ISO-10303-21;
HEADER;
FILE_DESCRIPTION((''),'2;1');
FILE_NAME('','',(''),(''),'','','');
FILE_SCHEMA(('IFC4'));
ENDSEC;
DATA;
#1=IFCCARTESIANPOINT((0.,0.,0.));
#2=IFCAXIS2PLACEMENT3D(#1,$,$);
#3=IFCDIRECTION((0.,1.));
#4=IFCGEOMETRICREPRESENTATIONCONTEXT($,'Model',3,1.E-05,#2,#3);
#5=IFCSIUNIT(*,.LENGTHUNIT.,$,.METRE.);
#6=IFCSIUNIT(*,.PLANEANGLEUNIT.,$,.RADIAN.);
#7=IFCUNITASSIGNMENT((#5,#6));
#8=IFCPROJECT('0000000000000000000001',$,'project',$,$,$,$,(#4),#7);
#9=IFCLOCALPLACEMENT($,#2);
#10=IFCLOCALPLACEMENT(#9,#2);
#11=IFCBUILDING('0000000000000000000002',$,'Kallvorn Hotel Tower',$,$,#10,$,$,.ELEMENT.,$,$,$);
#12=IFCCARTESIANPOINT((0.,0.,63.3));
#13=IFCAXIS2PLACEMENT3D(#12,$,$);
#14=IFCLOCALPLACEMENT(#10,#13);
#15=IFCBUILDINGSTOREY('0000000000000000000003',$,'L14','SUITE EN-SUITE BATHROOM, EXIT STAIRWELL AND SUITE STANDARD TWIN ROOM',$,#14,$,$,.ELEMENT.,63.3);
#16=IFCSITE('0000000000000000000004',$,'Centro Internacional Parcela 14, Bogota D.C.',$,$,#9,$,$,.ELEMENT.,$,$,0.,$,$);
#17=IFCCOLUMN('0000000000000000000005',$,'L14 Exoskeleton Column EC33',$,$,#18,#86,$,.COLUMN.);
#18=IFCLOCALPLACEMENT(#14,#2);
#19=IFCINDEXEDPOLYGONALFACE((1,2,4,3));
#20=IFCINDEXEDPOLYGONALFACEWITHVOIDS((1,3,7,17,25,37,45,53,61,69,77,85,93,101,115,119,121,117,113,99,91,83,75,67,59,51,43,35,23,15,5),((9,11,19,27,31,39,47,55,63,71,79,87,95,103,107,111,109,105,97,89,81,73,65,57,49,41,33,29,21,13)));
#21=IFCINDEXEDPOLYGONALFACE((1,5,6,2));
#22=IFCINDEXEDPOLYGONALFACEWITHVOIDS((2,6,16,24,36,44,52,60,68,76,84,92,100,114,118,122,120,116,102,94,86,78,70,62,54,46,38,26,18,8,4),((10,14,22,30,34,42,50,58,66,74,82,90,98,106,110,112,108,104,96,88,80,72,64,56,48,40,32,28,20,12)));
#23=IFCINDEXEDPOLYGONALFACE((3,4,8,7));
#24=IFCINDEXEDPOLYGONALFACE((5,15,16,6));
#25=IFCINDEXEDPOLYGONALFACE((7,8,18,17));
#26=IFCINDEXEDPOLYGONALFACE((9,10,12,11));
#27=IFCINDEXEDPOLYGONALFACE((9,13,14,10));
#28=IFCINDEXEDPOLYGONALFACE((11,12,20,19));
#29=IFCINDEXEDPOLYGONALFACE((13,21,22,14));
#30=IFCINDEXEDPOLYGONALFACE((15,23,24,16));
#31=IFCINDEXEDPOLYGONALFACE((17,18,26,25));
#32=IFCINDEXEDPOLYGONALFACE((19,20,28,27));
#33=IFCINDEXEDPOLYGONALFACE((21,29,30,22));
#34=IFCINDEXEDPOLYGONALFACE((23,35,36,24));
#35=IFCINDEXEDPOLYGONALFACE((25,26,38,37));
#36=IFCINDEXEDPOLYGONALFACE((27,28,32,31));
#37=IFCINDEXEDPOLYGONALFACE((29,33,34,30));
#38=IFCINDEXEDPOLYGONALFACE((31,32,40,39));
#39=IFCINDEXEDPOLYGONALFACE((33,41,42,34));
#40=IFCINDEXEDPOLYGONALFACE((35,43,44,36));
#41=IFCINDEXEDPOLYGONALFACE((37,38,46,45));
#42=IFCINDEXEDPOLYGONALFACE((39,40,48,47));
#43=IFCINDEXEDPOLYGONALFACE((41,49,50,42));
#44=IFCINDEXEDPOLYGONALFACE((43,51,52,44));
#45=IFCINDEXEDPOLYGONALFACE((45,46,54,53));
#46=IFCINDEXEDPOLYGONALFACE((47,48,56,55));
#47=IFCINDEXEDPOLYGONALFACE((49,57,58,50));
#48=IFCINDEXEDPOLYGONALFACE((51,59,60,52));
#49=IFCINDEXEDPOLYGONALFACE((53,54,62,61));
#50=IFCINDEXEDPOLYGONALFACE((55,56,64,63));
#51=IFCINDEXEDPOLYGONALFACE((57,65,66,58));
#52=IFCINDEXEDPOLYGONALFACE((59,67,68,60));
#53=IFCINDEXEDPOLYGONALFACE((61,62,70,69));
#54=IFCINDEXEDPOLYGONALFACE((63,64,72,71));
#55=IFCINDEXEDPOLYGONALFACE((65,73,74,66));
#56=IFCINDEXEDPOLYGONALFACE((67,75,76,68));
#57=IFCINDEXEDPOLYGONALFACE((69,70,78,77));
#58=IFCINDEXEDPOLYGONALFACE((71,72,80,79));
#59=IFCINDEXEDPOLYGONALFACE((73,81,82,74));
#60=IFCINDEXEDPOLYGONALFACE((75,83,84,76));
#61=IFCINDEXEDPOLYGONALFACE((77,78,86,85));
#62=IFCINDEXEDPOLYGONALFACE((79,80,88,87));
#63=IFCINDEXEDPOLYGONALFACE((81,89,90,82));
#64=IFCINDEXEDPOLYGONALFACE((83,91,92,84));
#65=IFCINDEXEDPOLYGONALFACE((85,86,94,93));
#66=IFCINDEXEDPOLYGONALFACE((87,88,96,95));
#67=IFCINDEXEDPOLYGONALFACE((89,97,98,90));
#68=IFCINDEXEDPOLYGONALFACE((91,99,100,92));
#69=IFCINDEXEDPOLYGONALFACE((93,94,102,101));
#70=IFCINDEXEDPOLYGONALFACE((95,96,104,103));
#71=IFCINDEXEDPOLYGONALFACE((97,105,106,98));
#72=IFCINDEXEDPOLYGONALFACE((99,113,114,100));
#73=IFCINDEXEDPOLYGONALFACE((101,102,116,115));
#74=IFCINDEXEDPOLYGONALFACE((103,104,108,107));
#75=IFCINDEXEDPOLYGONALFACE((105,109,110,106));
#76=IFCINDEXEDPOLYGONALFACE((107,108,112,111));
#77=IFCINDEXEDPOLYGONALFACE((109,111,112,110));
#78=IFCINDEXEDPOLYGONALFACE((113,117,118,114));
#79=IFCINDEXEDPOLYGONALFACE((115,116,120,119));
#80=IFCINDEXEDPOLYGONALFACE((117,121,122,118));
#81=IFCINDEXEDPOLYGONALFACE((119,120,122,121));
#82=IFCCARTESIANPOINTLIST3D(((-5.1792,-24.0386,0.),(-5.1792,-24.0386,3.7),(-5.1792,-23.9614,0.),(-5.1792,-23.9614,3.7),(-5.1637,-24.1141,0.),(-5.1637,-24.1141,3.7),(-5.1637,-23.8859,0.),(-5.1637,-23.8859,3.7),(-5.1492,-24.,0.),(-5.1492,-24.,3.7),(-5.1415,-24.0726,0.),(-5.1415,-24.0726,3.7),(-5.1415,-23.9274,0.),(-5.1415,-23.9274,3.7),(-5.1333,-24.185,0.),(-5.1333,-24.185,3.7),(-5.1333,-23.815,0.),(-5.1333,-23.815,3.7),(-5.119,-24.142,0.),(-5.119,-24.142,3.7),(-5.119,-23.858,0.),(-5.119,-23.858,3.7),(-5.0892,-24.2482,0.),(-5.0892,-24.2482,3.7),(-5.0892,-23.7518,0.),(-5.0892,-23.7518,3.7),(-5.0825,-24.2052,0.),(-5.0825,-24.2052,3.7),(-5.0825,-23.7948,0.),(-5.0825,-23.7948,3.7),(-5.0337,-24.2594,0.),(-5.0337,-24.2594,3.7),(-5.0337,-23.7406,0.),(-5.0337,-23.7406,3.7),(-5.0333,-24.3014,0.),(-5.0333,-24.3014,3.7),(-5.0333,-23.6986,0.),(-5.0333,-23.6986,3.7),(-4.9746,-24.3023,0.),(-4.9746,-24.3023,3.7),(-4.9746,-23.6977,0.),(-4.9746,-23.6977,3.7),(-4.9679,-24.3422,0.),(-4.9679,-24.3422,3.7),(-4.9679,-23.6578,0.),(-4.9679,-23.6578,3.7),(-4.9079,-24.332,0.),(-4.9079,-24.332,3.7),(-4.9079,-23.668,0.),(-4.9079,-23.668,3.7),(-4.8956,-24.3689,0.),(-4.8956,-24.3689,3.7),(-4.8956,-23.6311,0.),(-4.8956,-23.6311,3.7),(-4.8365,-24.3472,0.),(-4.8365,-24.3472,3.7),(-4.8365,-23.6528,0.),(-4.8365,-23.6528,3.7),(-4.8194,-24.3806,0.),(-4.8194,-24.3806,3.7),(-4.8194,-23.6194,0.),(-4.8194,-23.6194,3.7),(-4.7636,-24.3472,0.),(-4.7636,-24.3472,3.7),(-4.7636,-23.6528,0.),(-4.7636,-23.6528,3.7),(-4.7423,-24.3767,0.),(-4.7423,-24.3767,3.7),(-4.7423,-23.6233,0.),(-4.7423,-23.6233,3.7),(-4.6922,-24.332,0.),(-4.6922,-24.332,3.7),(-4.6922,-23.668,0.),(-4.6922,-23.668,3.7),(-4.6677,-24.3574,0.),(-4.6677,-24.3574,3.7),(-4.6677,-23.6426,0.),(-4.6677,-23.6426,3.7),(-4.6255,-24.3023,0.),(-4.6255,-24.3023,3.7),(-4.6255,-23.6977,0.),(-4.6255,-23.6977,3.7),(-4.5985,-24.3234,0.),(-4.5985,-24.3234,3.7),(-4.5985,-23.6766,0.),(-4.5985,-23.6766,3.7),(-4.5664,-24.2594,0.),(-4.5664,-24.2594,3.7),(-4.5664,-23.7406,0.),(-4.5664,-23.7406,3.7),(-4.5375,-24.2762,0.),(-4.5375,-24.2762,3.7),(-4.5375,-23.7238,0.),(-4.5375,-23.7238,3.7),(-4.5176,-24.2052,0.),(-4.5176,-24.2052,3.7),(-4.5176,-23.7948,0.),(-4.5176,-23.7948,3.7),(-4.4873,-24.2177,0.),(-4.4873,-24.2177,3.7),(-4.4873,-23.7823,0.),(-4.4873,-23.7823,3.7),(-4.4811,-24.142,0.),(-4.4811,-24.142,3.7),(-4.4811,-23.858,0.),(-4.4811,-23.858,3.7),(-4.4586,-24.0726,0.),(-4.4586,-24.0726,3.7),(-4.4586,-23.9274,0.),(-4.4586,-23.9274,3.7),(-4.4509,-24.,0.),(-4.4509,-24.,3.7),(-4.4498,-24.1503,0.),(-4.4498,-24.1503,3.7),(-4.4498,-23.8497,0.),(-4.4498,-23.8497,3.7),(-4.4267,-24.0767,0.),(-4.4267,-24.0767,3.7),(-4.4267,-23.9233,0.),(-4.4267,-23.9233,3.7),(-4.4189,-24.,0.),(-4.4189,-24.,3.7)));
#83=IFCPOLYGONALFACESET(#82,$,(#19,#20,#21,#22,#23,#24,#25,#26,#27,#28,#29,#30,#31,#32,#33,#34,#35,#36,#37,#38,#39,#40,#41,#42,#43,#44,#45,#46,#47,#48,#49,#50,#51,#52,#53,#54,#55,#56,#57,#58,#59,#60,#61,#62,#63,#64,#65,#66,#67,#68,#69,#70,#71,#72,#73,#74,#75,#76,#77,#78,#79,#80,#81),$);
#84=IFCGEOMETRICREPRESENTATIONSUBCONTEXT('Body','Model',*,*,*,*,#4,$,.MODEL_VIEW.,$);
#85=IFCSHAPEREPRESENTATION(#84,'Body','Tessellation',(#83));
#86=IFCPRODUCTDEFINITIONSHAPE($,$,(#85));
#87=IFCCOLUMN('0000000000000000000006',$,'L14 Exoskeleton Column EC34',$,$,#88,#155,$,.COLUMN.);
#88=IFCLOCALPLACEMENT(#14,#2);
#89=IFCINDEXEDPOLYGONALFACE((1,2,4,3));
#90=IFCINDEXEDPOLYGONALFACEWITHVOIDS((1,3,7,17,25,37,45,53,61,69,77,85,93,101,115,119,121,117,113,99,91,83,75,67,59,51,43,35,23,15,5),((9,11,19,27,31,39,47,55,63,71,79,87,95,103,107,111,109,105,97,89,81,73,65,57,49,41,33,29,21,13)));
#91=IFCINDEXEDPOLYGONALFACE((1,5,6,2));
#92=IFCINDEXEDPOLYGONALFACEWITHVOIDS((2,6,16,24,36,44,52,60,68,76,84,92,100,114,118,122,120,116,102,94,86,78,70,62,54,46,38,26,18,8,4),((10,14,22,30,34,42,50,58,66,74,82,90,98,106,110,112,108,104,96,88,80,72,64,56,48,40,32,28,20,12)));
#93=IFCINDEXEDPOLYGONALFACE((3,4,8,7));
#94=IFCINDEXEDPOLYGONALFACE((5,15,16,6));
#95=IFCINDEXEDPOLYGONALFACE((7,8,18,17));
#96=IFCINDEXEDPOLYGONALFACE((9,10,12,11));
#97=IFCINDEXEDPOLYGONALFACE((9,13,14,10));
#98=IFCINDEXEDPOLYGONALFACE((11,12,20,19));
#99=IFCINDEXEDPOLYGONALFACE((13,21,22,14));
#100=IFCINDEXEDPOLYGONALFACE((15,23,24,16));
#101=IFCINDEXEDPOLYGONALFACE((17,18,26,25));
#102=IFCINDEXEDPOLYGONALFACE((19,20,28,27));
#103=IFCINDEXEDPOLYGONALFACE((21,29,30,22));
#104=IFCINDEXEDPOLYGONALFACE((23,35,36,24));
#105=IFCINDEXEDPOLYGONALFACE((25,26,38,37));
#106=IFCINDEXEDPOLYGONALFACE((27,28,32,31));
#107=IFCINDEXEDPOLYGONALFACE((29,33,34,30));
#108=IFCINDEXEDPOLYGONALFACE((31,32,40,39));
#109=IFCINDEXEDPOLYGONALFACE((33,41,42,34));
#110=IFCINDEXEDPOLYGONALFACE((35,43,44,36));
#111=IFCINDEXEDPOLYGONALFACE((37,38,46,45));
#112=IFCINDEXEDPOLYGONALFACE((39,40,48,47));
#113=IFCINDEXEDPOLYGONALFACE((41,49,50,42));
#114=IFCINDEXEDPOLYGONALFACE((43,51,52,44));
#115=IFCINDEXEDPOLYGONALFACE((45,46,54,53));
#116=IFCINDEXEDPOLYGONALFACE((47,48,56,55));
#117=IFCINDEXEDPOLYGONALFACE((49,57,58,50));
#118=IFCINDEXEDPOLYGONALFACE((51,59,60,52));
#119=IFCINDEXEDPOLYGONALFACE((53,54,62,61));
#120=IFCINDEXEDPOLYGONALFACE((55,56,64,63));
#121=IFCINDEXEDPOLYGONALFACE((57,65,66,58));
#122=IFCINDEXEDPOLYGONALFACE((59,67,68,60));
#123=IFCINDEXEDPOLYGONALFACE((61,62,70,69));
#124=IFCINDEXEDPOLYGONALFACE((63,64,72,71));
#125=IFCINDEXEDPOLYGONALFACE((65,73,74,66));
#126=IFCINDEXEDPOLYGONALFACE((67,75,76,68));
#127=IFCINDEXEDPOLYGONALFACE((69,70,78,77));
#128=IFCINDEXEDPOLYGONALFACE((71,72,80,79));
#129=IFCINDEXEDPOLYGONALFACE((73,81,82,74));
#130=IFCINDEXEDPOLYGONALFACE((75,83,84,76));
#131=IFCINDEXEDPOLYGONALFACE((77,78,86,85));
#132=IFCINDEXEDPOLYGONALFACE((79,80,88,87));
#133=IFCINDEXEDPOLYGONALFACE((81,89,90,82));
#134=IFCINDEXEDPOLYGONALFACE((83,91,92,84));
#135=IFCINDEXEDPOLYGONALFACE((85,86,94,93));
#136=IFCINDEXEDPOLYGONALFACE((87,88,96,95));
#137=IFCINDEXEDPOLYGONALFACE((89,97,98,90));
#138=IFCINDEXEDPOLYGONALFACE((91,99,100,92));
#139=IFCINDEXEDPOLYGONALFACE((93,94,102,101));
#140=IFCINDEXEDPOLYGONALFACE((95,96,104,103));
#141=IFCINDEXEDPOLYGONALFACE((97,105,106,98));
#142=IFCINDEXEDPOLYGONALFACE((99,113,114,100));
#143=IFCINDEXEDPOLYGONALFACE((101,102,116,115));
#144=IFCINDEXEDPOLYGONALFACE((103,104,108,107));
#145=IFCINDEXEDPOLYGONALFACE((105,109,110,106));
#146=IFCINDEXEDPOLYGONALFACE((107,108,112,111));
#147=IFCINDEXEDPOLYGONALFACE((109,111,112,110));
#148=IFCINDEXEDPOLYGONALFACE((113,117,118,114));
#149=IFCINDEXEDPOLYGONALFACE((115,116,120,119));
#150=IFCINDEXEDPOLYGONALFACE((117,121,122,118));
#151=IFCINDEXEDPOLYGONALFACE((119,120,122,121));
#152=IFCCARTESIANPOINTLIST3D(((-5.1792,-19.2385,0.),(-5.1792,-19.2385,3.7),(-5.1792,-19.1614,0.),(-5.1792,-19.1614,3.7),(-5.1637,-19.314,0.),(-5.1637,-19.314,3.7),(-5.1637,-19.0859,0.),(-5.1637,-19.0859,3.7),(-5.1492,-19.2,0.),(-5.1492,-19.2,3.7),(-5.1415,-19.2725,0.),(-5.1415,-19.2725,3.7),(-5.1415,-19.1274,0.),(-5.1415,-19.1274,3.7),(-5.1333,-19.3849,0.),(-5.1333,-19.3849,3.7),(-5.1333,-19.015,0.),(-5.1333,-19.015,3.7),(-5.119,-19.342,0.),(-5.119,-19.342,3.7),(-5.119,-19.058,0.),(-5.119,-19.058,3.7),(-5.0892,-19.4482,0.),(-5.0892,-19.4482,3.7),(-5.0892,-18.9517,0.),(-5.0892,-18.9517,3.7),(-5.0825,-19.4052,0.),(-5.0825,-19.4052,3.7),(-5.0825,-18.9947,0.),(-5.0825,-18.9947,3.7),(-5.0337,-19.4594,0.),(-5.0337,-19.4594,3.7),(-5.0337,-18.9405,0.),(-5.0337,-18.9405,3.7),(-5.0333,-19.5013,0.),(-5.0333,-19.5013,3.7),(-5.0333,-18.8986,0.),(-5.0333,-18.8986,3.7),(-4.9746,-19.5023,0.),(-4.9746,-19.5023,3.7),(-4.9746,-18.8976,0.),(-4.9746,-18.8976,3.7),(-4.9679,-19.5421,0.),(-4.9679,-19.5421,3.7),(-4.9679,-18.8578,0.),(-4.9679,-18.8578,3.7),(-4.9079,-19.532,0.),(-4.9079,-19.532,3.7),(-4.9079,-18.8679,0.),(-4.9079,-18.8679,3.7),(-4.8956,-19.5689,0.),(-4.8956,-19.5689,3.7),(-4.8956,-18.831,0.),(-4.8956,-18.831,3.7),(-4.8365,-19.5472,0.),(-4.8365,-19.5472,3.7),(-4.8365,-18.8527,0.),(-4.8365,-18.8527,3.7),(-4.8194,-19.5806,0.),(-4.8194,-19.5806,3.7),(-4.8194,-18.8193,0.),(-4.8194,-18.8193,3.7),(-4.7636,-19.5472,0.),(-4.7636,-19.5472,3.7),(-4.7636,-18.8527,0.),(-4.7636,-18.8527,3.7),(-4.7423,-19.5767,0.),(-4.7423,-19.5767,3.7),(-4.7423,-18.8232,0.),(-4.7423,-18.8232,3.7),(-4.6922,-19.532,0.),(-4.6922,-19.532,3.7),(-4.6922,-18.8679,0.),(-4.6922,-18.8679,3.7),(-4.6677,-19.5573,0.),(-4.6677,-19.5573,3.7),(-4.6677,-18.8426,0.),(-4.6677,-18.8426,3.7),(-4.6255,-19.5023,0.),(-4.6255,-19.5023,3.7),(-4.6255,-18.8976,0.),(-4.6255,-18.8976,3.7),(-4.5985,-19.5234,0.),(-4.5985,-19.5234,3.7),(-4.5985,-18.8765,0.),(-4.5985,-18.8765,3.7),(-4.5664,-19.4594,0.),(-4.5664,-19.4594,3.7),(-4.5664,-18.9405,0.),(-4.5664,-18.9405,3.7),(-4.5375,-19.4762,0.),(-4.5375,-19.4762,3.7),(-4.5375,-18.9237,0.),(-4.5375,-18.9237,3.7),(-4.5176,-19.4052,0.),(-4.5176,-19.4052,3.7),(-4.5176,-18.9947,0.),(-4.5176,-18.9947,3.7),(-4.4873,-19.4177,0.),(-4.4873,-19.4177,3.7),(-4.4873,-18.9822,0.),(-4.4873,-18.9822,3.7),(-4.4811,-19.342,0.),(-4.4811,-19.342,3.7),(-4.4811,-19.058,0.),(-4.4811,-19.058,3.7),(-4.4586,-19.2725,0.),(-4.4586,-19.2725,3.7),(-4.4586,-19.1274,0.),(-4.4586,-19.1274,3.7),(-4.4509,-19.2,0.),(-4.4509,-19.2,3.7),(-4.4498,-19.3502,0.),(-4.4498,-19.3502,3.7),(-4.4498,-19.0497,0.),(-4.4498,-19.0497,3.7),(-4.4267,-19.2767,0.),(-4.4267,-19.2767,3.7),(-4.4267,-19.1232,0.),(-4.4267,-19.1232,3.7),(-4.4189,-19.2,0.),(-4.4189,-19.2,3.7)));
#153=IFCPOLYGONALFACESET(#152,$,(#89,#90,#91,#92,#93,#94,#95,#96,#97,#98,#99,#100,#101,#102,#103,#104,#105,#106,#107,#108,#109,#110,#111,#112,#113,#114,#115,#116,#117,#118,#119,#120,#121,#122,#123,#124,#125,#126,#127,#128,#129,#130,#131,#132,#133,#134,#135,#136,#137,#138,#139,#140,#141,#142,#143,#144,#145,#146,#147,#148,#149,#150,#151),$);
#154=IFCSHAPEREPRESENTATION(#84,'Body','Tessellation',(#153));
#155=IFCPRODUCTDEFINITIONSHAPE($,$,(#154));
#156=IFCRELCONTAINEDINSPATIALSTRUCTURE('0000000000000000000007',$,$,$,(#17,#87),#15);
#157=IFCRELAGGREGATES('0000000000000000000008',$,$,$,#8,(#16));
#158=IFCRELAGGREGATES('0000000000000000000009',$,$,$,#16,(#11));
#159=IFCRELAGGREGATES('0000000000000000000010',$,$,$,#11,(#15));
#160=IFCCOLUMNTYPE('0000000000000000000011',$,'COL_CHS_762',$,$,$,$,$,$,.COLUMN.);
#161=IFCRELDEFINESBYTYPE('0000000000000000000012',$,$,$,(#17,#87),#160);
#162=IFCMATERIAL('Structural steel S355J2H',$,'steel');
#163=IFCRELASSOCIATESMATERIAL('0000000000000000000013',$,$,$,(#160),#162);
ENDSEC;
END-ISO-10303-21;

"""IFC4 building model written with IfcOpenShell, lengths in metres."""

from ifc_helpers import new_model, si_unit, direction, frame, origin, origin_2d, place, context, subcontext, project, spatial, hollow_circle, extrude, material, material_profile, profile_set, type_object, element, save


model = new_model("IFC4")

# Units and contexts
model_context = context("Model", 3, precision=1e-05, world=origin(), true_north=direction((0.0, 1.0)))
body_context = subcontext(model_context, "Body", "Model", "MODEL_VIEW")
ifc_project = project(units=[si_unit("LENGTHUNIT", "METRE"), si_unit("PLANEANGLEUNIT", "RADIAN")], contexts=[model_context])

# Site, building, storey
site_placement = place(None, origin())
site = spatial("IfcSite", under=ifc_project, at=site_placement, Name="Centro Internacional Parcela 14, Bogota D.C.", CompositionType="ELEMENT", RefElevation=0.0)
building_placement = place(site_placement, origin())
building = spatial("IfcBuilding", under=site, at=building_placement, Name="Kallvorn Hotel Tower", CompositionType="ELEMENT")
storey_placement = place(building_placement, frame((0.0, 0.0, 63.3)))
storey = spatial("IfcBuildingStorey", under=building, at=storey_placement, Name="L14", Description="SUITE EN-SUITE BATHROOM, EXIT STAIRWELL AND SUITE STANDARD TWIN ROOM", CompositionType="ELEMENT", Elevation=63.3)

# Columns
ifc_material_1 = material(Name="Structural steel S355J2H", Category="steel")
ifc_material_profile_1 = material_profile(ifc_material_1, hollow_circle(Radius=0.3811, WallThickness=0.032, at=origin_2d()), Name="CHS 762x32")
ifc_profile_set_1 = profile_set([ifc_material_profile_1], Name="Structural steel S355J2H")
column_type_1 = type_object("IfcColumnType", Name="COL_CHS_762", PredefinedType="COLUMN", material=ifc_profile_set_1)
for number, where, z_axis, x_axis, name in (
    (1, (-4.8, -24.0, 0.0), (0.0, 0.0, 1.0), (1.0, 0.0, 0.0), "L14 Exoskeleton Column EC33"),
    (2, (-4.8, -19.2, 0.0), (0.0, 0.0, 1.0), (1.0, 0.0, 0.0), "L14 Exoskeleton Column EC34"),
):
    element("IfcColumn", number, at=place(storey_placement, frame(where, z_axis=z_axis, x_axis=x_axis)), inside=storey, type_object=column_type_1, Name=name, PredefinedType="COLUMN", context=body_context, shape_type="SweptSolid", body=[
        extrude(hollow_circle(Radius=0.3811, WallThickness=0.032, at=origin_2d()), origin(), (0.0, 0.0, 1.0), 3.7),
    ])

save(model, "model.ifc")
